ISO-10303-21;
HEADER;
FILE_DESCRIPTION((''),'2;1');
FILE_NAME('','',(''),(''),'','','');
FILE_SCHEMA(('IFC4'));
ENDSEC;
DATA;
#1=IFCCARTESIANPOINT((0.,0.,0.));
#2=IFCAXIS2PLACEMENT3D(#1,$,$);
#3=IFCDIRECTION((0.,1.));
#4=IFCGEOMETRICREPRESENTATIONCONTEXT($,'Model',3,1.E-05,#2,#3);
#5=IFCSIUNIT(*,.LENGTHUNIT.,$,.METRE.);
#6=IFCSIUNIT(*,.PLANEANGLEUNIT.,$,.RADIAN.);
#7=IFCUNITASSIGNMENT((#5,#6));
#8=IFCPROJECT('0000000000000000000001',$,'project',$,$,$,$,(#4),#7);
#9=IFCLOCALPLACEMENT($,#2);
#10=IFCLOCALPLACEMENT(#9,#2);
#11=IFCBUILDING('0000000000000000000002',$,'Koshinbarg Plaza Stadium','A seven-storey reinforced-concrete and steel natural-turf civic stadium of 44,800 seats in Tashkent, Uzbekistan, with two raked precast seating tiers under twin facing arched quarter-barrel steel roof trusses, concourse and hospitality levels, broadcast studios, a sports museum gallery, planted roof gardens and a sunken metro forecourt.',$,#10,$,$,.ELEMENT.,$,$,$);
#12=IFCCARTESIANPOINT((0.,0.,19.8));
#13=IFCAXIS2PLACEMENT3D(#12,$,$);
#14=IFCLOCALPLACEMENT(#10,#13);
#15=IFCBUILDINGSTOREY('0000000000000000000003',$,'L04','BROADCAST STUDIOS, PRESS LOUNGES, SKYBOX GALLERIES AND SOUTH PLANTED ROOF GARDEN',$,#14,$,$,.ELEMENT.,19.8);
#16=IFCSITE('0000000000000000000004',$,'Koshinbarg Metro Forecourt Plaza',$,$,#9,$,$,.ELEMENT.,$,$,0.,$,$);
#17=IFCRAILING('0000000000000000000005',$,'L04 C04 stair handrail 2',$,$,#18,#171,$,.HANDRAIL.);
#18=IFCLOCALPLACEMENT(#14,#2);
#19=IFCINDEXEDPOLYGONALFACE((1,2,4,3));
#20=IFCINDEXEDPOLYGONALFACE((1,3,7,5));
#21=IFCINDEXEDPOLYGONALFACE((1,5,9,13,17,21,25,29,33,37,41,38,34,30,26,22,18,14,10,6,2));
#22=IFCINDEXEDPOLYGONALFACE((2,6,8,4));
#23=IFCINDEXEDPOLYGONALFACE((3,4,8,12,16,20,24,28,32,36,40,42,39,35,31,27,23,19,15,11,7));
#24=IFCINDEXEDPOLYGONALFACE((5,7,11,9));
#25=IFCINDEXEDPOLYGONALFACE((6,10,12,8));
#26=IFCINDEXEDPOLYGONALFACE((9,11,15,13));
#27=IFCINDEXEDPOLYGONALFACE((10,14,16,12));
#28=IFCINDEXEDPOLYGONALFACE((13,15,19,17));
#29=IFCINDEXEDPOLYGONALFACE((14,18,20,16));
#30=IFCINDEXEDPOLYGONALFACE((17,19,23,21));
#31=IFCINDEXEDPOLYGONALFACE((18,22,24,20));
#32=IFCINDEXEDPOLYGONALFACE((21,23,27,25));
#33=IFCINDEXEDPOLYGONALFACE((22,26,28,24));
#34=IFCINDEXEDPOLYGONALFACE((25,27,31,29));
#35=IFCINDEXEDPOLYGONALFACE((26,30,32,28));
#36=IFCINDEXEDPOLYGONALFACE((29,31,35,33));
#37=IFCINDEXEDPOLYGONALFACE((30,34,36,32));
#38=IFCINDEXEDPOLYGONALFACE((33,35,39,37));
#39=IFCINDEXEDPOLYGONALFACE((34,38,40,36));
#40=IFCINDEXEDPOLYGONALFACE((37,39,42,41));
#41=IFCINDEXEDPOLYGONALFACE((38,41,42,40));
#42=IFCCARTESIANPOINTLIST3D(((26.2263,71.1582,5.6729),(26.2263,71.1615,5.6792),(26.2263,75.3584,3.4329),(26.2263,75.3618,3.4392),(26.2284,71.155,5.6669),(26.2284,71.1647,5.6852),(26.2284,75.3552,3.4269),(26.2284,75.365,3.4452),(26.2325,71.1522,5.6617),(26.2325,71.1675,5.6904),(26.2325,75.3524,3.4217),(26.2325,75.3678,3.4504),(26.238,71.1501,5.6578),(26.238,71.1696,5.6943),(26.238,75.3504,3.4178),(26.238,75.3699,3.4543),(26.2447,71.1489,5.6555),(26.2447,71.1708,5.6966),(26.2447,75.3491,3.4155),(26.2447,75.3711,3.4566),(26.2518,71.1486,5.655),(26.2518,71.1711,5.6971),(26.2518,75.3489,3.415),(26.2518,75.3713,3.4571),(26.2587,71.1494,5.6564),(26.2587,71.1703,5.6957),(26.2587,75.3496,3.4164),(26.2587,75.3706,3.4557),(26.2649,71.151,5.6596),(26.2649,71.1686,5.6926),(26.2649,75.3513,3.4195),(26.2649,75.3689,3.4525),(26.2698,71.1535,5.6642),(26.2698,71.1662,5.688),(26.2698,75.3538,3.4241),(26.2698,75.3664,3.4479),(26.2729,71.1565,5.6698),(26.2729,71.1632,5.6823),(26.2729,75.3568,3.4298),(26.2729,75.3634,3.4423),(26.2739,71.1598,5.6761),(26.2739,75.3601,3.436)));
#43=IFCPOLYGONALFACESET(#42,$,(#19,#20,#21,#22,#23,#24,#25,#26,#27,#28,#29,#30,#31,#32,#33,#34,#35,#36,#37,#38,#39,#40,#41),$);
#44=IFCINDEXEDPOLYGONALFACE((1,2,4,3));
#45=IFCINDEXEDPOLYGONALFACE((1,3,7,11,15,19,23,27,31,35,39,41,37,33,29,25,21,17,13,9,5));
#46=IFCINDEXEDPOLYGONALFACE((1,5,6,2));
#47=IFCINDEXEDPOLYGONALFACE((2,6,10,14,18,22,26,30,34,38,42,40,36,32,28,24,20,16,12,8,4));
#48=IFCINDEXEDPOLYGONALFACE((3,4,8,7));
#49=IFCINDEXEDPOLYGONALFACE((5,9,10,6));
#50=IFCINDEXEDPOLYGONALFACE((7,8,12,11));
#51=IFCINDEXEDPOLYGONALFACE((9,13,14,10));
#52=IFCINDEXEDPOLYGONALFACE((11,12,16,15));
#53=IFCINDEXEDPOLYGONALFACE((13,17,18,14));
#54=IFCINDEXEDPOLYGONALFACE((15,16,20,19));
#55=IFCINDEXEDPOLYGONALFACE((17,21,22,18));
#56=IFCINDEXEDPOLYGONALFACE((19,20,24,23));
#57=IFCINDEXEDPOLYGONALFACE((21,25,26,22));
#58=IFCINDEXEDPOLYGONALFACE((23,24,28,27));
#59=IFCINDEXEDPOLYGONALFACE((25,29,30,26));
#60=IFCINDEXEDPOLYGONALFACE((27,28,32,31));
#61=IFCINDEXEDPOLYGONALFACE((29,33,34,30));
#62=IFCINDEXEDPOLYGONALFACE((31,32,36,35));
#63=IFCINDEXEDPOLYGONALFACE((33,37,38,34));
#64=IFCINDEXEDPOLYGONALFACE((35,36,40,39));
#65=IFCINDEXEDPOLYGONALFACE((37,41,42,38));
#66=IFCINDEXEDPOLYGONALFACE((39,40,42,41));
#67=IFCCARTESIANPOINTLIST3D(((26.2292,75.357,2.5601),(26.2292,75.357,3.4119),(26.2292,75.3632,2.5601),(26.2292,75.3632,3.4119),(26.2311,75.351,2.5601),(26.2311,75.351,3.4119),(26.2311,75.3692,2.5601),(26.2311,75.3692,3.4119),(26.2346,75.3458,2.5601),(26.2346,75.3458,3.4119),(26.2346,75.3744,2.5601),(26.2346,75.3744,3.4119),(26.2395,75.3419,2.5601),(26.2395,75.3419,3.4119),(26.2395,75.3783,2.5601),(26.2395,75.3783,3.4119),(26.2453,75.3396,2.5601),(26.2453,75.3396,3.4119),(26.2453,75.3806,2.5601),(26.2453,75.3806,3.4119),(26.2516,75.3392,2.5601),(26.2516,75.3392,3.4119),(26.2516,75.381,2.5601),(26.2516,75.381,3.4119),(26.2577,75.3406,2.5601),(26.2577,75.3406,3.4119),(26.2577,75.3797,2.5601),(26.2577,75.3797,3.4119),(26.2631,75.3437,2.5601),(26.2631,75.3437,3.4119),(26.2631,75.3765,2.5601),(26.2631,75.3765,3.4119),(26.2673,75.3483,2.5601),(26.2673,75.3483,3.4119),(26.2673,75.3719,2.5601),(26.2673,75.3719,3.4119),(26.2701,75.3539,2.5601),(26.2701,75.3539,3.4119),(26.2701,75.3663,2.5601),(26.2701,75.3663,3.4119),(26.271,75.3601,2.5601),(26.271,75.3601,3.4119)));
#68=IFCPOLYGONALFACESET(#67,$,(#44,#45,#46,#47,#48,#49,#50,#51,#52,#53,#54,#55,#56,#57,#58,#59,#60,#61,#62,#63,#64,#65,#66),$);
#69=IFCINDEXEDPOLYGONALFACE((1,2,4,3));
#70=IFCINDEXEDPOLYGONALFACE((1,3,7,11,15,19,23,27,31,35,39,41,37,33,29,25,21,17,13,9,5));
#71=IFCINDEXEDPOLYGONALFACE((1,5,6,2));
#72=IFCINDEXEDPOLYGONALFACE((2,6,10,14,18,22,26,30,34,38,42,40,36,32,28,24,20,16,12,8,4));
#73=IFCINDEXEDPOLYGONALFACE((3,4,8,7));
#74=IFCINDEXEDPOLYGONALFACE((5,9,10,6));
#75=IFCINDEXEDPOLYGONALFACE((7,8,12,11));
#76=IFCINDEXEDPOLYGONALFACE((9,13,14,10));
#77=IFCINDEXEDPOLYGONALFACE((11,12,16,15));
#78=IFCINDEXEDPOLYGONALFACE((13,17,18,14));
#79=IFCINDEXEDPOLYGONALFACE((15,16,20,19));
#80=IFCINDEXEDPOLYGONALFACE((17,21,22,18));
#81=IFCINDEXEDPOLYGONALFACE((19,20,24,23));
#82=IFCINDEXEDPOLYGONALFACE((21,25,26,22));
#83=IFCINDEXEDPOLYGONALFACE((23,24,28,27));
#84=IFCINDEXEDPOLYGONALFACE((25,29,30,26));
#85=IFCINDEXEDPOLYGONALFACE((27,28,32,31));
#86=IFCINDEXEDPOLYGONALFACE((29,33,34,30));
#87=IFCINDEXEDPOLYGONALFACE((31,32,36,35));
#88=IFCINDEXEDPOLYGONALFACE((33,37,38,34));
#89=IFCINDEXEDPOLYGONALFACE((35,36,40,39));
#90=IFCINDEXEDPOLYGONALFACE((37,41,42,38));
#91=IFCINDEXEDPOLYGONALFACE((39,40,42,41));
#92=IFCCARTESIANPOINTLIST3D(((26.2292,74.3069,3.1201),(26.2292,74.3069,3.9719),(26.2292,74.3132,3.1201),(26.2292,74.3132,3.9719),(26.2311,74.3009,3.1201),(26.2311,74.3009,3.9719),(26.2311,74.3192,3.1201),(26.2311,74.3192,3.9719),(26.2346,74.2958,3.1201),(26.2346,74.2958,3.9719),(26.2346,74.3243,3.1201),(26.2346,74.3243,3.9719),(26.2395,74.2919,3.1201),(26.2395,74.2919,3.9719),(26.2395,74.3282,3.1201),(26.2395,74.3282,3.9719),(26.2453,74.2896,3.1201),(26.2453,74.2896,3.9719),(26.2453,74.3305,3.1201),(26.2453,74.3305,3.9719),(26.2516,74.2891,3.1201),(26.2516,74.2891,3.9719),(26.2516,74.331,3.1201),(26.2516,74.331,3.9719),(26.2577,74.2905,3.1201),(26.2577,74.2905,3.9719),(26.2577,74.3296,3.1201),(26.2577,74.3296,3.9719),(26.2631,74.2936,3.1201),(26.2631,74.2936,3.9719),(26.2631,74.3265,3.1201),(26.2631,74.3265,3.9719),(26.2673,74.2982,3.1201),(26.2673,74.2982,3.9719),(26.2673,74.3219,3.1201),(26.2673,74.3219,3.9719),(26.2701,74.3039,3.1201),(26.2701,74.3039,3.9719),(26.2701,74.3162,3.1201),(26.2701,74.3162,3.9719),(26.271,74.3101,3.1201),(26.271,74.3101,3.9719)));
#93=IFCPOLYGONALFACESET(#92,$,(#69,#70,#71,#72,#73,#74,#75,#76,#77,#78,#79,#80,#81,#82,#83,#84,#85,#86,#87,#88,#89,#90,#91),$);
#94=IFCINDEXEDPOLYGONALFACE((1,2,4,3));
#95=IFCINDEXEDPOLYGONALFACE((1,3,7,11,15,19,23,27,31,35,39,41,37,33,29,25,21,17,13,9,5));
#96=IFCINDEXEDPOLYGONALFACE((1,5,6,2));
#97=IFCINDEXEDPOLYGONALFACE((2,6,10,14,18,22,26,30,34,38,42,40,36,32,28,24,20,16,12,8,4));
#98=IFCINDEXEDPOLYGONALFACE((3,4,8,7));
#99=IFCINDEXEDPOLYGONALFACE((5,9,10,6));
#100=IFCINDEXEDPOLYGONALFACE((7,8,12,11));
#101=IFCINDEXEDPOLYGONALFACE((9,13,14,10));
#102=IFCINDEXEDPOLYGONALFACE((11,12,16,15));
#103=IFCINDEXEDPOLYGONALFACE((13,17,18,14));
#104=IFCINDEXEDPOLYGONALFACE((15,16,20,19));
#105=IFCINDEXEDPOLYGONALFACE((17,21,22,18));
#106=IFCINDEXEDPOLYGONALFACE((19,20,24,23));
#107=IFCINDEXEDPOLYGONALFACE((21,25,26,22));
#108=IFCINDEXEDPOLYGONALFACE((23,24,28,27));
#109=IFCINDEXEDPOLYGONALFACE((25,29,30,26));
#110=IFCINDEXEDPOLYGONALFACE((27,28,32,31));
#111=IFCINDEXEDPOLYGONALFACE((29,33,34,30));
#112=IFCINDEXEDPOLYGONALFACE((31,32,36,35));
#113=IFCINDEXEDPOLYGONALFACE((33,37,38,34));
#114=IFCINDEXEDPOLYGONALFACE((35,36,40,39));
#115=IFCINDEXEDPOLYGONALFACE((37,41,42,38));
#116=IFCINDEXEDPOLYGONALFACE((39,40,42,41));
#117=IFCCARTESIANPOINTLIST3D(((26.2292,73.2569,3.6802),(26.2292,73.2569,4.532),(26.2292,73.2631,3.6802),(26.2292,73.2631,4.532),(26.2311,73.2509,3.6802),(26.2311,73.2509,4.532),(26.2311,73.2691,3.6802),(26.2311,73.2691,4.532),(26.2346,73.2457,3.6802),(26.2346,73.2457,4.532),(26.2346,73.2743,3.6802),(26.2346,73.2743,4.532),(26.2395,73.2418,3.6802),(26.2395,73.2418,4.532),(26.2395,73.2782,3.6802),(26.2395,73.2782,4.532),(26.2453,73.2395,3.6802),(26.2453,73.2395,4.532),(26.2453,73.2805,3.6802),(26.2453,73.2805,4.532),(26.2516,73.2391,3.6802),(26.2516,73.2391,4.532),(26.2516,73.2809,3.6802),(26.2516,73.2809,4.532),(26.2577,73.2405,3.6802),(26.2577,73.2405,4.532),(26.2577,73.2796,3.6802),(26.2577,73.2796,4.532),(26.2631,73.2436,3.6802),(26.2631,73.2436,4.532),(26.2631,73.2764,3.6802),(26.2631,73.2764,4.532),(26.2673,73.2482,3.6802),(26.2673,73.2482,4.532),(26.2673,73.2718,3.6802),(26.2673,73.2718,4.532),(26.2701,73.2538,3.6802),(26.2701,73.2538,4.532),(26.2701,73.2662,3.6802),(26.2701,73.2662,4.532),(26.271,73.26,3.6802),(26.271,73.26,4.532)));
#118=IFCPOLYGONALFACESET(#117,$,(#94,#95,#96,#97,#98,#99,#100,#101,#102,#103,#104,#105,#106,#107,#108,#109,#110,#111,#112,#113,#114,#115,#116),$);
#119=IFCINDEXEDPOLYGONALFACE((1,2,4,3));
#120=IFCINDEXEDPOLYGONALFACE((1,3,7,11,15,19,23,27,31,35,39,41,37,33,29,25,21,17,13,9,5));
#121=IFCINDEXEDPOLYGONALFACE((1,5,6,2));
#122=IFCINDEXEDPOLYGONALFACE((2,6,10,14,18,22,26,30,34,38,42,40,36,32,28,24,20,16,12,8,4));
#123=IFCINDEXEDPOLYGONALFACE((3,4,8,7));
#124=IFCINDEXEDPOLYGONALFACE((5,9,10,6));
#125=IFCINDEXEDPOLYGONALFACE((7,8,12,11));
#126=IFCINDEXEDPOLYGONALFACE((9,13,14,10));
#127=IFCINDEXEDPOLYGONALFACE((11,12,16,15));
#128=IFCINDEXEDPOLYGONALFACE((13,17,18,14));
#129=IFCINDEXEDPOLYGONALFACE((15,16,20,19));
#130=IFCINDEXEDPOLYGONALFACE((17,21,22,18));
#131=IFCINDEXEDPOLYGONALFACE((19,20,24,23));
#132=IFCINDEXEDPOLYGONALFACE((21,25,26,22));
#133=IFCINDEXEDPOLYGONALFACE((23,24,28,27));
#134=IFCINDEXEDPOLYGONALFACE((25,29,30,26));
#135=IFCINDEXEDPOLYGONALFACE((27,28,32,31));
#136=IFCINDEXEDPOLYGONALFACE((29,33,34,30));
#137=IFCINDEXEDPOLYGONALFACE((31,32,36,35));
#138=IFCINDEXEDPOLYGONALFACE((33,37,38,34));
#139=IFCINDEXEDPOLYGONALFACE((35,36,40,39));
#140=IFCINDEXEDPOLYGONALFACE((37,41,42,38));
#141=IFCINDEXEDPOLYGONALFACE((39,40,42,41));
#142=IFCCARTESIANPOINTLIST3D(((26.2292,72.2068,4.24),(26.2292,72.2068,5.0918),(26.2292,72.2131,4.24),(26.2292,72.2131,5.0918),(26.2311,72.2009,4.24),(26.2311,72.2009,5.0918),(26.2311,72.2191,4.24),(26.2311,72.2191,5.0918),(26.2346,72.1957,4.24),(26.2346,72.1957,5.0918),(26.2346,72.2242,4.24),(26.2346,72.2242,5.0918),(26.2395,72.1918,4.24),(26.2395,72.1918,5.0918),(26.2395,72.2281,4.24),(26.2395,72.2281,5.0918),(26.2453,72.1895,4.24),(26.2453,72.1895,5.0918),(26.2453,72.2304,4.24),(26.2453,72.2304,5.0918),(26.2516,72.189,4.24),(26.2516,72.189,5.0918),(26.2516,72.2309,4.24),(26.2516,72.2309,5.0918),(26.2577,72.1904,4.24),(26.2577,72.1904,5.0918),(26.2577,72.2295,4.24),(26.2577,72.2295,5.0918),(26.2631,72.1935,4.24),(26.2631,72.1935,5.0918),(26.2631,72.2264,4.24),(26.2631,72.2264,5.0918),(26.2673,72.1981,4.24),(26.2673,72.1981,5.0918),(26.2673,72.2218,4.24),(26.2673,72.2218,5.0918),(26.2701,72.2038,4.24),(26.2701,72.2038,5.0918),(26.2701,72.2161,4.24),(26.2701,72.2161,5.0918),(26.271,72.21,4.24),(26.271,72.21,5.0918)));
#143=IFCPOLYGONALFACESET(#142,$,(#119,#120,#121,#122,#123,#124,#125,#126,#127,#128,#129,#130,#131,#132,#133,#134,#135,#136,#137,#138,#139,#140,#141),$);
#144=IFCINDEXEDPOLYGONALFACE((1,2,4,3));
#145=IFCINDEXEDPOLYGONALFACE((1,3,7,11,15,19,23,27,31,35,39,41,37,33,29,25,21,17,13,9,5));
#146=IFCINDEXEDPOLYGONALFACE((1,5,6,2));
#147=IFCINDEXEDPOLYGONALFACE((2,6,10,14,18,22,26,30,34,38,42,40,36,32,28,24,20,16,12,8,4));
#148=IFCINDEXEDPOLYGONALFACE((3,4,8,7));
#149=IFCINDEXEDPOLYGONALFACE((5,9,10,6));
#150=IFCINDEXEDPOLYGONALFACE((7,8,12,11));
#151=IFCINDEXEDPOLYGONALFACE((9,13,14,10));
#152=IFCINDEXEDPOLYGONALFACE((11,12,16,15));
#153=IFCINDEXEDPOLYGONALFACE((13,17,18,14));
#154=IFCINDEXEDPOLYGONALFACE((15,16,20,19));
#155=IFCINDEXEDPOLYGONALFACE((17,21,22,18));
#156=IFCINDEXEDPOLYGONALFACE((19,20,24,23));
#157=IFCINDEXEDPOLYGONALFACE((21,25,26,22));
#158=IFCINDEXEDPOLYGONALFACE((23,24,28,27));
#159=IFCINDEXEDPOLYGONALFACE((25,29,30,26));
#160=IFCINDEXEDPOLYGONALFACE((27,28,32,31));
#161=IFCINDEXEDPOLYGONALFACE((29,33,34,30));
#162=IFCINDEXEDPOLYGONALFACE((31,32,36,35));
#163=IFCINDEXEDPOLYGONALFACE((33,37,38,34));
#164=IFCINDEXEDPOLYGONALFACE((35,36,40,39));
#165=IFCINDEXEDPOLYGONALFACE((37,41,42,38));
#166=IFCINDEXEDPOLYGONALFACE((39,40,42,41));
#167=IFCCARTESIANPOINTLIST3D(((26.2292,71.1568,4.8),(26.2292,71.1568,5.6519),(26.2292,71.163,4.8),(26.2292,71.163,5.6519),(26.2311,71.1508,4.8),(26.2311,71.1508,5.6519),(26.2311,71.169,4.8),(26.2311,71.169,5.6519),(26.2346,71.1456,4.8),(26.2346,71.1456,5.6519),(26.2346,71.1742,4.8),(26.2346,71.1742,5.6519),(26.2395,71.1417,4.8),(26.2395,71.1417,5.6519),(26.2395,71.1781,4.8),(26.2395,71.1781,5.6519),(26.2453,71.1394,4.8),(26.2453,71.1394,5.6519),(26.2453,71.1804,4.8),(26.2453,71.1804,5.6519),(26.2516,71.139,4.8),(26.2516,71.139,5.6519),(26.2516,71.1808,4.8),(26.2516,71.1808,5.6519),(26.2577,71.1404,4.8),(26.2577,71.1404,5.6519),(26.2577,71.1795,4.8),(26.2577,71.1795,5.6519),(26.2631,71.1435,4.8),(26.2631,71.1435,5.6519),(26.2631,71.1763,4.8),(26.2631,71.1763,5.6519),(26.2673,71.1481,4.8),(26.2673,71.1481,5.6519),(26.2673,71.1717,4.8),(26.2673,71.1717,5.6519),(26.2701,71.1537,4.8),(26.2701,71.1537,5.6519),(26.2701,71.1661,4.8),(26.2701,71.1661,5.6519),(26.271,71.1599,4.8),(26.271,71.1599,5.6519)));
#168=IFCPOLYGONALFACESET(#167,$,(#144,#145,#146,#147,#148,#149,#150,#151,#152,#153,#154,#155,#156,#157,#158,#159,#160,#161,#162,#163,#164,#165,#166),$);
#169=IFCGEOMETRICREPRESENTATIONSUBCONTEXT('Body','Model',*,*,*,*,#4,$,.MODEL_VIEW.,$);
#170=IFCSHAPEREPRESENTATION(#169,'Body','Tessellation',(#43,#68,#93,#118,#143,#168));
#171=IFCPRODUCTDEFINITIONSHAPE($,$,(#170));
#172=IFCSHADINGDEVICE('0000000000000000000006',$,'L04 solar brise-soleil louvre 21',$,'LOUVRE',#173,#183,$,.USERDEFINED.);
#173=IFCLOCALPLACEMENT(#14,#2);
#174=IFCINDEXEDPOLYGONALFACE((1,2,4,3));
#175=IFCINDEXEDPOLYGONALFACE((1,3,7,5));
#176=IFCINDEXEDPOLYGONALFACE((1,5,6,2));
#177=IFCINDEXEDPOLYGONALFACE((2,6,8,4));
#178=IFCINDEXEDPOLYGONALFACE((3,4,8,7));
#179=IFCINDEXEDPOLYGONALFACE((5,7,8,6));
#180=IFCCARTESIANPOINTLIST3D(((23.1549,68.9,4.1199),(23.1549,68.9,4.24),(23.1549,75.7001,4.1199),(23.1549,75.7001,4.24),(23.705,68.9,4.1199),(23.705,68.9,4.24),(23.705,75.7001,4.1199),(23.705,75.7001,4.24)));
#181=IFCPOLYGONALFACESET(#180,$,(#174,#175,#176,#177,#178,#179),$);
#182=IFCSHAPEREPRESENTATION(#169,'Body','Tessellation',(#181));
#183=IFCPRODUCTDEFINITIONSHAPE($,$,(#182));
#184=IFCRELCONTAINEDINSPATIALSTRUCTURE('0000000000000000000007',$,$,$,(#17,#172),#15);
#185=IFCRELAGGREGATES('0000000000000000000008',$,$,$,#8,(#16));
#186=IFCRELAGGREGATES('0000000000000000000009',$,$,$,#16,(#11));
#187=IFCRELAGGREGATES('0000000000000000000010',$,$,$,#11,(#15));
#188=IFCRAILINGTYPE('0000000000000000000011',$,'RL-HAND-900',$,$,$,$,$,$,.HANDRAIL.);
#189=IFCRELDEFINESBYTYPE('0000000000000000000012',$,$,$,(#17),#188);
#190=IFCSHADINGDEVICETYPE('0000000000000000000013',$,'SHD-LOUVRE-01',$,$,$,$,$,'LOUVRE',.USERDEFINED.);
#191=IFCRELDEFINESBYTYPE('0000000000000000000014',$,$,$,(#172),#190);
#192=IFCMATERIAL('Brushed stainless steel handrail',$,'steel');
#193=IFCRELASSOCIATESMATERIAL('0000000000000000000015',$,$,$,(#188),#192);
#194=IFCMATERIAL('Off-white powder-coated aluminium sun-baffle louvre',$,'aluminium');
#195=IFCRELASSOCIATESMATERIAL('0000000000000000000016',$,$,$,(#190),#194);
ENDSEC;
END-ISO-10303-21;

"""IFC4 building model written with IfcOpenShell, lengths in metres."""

from ifc_helpers import new_model, si_unit, direction, frame, origin, origin_2d, place, context, subcontext, project, spatial, rectangle, circle, extrude, material, type_object, element, save


model = new_model("IFC4")

# Units and contexts
model_context = context("Model", 3, precision=1e-05, world=origin(), true_north=direction((0.0, 1.0)))
body_context = subcontext(model_context, "Body", "Model", "MODEL_VIEW")
ifc_project = project(units=[si_unit("LENGTHUNIT", "METRE"), si_unit("PLANEANGLEUNIT", "RADIAN")], contexts=[model_context])

# Site, building, storey
site_placement = place(None, origin())
site = spatial("IfcSite", under=ifc_project, at=site_placement, Name="Koshinbarg Metro Forecourt Plaza", CompositionType="ELEMENT", RefElevation=0.0)
building_placement = place(site_placement, origin())
building = spatial("IfcBuilding", under=site, at=building_placement, Name="Koshinbarg Plaza Stadium", Description="A seven-storey reinforced-concrete and steel natural-turf civic stadium of 44,800 seats in Tashkent, Uzbekistan, with two raked precast seating tiers under twin facing arched quarter-barrel steel roof trusses, concourse and hospitality levels, broadcast studios, a sports museum gallery, planted roof gardens and a sunken metro forecourt.", CompositionType="ELEMENT")
storey_placement = place(building_placement, frame((0.0, 0.0, 19.8)))
storey = spatial("IfcBuildingStorey", under=building, at=storey_placement, Name="L04", Description="BROADCAST STUDIOS, PRESS LOUNGES, SKYBOX GALLERIES AND SOUTH PLANTED ROOF GARDEN", CompositionType="ELEMENT", Elevation=19.8)

# Railing
ifc_material_1 = material(Name="Brushed stainless steel handrail", Category="steel")
railing_type_1 = type_object("IfcRailingType", Name="RL-HAND-900", PredefinedType="HANDRAIL", material=ifc_material_1)
railing_1_placement = place(storey_placement, frame((26.25, 75.3601, 2.5601)))
element("IfcRailing", 1, at=railing_1_placement, inside=storey, type_object=railing_type_1, Name="L04 C04 stair handrail 2", PredefinedType="HANDRAIL", context=body_context, shape_type="SweptSolid", body=[
    extrude(circle(Radius=0.0239, at=origin_2d()), frame((0.0, 0.0, 0.876), z_axis=(0.0, -0.882363, 0.47057), x_axis=(1.0, 0.0, 0.0)), (0.0, 0.0, 1.0), 4.7603),
    extrude(circle(Radius=0.021, at=origin_2d()), origin(), (0.0, 0.0, 1.0), 0.8518),
    extrude(circle(Radius=0.021, at=origin_2d()), frame((0.0, -1.05, 0.5601)), (0.0, 0.0, 1.0), 0.8518),
    extrude(circle(Radius=0.021, at=origin_2d()), frame((0.0, -2.1001, 1.1201)), (0.0, 0.0, 1.0), 0.8518),
    extrude(circle(Radius=0.021, at=origin_2d()), frame((0.0, -3.1501, 1.6799)), (0.0, 0.0, 1.0), 0.8518),
    extrude(circle(Radius=0.021, at=origin_2d()), frame((0.0, -4.2002, 2.24)), (0.0, 0.0, 1.0), 0.8518),
])

# Shading device
ifc_material_2 = material(Name="Off-white powder-coated aluminium sun-baffle louvre", Category="aluminium")
shading_device_type = type_object("IfcShadingDeviceType", Name="SHD-LOUVRE-01", ElementType="LOUVRE", PredefinedType="USERDEFINED", material=ifc_material_2)
shading_device_placement = place(storey_placement, frame((23.4299, 72.3, 4.1199), z_axis=(0.0, 0.0, 1.0), x_axis=(1.0, 0.0, 0.0)))
element("IfcShadingDevice", 2, at=shading_device_placement, inside=storey, type_object=shading_device_type, Name="L04 solar brise-soleil louvre 21", ObjectType="LOUVRE", PredefinedType="USERDEFINED", context=body_context, shape_type="SweptSolid", body=[
    extrude(rectangle(XDim=0.55, YDim=6.8, at=origin_2d()), origin(), (0.0, 0.0, 1.0), 0.1201),
])

save(model, "model.ifc")
